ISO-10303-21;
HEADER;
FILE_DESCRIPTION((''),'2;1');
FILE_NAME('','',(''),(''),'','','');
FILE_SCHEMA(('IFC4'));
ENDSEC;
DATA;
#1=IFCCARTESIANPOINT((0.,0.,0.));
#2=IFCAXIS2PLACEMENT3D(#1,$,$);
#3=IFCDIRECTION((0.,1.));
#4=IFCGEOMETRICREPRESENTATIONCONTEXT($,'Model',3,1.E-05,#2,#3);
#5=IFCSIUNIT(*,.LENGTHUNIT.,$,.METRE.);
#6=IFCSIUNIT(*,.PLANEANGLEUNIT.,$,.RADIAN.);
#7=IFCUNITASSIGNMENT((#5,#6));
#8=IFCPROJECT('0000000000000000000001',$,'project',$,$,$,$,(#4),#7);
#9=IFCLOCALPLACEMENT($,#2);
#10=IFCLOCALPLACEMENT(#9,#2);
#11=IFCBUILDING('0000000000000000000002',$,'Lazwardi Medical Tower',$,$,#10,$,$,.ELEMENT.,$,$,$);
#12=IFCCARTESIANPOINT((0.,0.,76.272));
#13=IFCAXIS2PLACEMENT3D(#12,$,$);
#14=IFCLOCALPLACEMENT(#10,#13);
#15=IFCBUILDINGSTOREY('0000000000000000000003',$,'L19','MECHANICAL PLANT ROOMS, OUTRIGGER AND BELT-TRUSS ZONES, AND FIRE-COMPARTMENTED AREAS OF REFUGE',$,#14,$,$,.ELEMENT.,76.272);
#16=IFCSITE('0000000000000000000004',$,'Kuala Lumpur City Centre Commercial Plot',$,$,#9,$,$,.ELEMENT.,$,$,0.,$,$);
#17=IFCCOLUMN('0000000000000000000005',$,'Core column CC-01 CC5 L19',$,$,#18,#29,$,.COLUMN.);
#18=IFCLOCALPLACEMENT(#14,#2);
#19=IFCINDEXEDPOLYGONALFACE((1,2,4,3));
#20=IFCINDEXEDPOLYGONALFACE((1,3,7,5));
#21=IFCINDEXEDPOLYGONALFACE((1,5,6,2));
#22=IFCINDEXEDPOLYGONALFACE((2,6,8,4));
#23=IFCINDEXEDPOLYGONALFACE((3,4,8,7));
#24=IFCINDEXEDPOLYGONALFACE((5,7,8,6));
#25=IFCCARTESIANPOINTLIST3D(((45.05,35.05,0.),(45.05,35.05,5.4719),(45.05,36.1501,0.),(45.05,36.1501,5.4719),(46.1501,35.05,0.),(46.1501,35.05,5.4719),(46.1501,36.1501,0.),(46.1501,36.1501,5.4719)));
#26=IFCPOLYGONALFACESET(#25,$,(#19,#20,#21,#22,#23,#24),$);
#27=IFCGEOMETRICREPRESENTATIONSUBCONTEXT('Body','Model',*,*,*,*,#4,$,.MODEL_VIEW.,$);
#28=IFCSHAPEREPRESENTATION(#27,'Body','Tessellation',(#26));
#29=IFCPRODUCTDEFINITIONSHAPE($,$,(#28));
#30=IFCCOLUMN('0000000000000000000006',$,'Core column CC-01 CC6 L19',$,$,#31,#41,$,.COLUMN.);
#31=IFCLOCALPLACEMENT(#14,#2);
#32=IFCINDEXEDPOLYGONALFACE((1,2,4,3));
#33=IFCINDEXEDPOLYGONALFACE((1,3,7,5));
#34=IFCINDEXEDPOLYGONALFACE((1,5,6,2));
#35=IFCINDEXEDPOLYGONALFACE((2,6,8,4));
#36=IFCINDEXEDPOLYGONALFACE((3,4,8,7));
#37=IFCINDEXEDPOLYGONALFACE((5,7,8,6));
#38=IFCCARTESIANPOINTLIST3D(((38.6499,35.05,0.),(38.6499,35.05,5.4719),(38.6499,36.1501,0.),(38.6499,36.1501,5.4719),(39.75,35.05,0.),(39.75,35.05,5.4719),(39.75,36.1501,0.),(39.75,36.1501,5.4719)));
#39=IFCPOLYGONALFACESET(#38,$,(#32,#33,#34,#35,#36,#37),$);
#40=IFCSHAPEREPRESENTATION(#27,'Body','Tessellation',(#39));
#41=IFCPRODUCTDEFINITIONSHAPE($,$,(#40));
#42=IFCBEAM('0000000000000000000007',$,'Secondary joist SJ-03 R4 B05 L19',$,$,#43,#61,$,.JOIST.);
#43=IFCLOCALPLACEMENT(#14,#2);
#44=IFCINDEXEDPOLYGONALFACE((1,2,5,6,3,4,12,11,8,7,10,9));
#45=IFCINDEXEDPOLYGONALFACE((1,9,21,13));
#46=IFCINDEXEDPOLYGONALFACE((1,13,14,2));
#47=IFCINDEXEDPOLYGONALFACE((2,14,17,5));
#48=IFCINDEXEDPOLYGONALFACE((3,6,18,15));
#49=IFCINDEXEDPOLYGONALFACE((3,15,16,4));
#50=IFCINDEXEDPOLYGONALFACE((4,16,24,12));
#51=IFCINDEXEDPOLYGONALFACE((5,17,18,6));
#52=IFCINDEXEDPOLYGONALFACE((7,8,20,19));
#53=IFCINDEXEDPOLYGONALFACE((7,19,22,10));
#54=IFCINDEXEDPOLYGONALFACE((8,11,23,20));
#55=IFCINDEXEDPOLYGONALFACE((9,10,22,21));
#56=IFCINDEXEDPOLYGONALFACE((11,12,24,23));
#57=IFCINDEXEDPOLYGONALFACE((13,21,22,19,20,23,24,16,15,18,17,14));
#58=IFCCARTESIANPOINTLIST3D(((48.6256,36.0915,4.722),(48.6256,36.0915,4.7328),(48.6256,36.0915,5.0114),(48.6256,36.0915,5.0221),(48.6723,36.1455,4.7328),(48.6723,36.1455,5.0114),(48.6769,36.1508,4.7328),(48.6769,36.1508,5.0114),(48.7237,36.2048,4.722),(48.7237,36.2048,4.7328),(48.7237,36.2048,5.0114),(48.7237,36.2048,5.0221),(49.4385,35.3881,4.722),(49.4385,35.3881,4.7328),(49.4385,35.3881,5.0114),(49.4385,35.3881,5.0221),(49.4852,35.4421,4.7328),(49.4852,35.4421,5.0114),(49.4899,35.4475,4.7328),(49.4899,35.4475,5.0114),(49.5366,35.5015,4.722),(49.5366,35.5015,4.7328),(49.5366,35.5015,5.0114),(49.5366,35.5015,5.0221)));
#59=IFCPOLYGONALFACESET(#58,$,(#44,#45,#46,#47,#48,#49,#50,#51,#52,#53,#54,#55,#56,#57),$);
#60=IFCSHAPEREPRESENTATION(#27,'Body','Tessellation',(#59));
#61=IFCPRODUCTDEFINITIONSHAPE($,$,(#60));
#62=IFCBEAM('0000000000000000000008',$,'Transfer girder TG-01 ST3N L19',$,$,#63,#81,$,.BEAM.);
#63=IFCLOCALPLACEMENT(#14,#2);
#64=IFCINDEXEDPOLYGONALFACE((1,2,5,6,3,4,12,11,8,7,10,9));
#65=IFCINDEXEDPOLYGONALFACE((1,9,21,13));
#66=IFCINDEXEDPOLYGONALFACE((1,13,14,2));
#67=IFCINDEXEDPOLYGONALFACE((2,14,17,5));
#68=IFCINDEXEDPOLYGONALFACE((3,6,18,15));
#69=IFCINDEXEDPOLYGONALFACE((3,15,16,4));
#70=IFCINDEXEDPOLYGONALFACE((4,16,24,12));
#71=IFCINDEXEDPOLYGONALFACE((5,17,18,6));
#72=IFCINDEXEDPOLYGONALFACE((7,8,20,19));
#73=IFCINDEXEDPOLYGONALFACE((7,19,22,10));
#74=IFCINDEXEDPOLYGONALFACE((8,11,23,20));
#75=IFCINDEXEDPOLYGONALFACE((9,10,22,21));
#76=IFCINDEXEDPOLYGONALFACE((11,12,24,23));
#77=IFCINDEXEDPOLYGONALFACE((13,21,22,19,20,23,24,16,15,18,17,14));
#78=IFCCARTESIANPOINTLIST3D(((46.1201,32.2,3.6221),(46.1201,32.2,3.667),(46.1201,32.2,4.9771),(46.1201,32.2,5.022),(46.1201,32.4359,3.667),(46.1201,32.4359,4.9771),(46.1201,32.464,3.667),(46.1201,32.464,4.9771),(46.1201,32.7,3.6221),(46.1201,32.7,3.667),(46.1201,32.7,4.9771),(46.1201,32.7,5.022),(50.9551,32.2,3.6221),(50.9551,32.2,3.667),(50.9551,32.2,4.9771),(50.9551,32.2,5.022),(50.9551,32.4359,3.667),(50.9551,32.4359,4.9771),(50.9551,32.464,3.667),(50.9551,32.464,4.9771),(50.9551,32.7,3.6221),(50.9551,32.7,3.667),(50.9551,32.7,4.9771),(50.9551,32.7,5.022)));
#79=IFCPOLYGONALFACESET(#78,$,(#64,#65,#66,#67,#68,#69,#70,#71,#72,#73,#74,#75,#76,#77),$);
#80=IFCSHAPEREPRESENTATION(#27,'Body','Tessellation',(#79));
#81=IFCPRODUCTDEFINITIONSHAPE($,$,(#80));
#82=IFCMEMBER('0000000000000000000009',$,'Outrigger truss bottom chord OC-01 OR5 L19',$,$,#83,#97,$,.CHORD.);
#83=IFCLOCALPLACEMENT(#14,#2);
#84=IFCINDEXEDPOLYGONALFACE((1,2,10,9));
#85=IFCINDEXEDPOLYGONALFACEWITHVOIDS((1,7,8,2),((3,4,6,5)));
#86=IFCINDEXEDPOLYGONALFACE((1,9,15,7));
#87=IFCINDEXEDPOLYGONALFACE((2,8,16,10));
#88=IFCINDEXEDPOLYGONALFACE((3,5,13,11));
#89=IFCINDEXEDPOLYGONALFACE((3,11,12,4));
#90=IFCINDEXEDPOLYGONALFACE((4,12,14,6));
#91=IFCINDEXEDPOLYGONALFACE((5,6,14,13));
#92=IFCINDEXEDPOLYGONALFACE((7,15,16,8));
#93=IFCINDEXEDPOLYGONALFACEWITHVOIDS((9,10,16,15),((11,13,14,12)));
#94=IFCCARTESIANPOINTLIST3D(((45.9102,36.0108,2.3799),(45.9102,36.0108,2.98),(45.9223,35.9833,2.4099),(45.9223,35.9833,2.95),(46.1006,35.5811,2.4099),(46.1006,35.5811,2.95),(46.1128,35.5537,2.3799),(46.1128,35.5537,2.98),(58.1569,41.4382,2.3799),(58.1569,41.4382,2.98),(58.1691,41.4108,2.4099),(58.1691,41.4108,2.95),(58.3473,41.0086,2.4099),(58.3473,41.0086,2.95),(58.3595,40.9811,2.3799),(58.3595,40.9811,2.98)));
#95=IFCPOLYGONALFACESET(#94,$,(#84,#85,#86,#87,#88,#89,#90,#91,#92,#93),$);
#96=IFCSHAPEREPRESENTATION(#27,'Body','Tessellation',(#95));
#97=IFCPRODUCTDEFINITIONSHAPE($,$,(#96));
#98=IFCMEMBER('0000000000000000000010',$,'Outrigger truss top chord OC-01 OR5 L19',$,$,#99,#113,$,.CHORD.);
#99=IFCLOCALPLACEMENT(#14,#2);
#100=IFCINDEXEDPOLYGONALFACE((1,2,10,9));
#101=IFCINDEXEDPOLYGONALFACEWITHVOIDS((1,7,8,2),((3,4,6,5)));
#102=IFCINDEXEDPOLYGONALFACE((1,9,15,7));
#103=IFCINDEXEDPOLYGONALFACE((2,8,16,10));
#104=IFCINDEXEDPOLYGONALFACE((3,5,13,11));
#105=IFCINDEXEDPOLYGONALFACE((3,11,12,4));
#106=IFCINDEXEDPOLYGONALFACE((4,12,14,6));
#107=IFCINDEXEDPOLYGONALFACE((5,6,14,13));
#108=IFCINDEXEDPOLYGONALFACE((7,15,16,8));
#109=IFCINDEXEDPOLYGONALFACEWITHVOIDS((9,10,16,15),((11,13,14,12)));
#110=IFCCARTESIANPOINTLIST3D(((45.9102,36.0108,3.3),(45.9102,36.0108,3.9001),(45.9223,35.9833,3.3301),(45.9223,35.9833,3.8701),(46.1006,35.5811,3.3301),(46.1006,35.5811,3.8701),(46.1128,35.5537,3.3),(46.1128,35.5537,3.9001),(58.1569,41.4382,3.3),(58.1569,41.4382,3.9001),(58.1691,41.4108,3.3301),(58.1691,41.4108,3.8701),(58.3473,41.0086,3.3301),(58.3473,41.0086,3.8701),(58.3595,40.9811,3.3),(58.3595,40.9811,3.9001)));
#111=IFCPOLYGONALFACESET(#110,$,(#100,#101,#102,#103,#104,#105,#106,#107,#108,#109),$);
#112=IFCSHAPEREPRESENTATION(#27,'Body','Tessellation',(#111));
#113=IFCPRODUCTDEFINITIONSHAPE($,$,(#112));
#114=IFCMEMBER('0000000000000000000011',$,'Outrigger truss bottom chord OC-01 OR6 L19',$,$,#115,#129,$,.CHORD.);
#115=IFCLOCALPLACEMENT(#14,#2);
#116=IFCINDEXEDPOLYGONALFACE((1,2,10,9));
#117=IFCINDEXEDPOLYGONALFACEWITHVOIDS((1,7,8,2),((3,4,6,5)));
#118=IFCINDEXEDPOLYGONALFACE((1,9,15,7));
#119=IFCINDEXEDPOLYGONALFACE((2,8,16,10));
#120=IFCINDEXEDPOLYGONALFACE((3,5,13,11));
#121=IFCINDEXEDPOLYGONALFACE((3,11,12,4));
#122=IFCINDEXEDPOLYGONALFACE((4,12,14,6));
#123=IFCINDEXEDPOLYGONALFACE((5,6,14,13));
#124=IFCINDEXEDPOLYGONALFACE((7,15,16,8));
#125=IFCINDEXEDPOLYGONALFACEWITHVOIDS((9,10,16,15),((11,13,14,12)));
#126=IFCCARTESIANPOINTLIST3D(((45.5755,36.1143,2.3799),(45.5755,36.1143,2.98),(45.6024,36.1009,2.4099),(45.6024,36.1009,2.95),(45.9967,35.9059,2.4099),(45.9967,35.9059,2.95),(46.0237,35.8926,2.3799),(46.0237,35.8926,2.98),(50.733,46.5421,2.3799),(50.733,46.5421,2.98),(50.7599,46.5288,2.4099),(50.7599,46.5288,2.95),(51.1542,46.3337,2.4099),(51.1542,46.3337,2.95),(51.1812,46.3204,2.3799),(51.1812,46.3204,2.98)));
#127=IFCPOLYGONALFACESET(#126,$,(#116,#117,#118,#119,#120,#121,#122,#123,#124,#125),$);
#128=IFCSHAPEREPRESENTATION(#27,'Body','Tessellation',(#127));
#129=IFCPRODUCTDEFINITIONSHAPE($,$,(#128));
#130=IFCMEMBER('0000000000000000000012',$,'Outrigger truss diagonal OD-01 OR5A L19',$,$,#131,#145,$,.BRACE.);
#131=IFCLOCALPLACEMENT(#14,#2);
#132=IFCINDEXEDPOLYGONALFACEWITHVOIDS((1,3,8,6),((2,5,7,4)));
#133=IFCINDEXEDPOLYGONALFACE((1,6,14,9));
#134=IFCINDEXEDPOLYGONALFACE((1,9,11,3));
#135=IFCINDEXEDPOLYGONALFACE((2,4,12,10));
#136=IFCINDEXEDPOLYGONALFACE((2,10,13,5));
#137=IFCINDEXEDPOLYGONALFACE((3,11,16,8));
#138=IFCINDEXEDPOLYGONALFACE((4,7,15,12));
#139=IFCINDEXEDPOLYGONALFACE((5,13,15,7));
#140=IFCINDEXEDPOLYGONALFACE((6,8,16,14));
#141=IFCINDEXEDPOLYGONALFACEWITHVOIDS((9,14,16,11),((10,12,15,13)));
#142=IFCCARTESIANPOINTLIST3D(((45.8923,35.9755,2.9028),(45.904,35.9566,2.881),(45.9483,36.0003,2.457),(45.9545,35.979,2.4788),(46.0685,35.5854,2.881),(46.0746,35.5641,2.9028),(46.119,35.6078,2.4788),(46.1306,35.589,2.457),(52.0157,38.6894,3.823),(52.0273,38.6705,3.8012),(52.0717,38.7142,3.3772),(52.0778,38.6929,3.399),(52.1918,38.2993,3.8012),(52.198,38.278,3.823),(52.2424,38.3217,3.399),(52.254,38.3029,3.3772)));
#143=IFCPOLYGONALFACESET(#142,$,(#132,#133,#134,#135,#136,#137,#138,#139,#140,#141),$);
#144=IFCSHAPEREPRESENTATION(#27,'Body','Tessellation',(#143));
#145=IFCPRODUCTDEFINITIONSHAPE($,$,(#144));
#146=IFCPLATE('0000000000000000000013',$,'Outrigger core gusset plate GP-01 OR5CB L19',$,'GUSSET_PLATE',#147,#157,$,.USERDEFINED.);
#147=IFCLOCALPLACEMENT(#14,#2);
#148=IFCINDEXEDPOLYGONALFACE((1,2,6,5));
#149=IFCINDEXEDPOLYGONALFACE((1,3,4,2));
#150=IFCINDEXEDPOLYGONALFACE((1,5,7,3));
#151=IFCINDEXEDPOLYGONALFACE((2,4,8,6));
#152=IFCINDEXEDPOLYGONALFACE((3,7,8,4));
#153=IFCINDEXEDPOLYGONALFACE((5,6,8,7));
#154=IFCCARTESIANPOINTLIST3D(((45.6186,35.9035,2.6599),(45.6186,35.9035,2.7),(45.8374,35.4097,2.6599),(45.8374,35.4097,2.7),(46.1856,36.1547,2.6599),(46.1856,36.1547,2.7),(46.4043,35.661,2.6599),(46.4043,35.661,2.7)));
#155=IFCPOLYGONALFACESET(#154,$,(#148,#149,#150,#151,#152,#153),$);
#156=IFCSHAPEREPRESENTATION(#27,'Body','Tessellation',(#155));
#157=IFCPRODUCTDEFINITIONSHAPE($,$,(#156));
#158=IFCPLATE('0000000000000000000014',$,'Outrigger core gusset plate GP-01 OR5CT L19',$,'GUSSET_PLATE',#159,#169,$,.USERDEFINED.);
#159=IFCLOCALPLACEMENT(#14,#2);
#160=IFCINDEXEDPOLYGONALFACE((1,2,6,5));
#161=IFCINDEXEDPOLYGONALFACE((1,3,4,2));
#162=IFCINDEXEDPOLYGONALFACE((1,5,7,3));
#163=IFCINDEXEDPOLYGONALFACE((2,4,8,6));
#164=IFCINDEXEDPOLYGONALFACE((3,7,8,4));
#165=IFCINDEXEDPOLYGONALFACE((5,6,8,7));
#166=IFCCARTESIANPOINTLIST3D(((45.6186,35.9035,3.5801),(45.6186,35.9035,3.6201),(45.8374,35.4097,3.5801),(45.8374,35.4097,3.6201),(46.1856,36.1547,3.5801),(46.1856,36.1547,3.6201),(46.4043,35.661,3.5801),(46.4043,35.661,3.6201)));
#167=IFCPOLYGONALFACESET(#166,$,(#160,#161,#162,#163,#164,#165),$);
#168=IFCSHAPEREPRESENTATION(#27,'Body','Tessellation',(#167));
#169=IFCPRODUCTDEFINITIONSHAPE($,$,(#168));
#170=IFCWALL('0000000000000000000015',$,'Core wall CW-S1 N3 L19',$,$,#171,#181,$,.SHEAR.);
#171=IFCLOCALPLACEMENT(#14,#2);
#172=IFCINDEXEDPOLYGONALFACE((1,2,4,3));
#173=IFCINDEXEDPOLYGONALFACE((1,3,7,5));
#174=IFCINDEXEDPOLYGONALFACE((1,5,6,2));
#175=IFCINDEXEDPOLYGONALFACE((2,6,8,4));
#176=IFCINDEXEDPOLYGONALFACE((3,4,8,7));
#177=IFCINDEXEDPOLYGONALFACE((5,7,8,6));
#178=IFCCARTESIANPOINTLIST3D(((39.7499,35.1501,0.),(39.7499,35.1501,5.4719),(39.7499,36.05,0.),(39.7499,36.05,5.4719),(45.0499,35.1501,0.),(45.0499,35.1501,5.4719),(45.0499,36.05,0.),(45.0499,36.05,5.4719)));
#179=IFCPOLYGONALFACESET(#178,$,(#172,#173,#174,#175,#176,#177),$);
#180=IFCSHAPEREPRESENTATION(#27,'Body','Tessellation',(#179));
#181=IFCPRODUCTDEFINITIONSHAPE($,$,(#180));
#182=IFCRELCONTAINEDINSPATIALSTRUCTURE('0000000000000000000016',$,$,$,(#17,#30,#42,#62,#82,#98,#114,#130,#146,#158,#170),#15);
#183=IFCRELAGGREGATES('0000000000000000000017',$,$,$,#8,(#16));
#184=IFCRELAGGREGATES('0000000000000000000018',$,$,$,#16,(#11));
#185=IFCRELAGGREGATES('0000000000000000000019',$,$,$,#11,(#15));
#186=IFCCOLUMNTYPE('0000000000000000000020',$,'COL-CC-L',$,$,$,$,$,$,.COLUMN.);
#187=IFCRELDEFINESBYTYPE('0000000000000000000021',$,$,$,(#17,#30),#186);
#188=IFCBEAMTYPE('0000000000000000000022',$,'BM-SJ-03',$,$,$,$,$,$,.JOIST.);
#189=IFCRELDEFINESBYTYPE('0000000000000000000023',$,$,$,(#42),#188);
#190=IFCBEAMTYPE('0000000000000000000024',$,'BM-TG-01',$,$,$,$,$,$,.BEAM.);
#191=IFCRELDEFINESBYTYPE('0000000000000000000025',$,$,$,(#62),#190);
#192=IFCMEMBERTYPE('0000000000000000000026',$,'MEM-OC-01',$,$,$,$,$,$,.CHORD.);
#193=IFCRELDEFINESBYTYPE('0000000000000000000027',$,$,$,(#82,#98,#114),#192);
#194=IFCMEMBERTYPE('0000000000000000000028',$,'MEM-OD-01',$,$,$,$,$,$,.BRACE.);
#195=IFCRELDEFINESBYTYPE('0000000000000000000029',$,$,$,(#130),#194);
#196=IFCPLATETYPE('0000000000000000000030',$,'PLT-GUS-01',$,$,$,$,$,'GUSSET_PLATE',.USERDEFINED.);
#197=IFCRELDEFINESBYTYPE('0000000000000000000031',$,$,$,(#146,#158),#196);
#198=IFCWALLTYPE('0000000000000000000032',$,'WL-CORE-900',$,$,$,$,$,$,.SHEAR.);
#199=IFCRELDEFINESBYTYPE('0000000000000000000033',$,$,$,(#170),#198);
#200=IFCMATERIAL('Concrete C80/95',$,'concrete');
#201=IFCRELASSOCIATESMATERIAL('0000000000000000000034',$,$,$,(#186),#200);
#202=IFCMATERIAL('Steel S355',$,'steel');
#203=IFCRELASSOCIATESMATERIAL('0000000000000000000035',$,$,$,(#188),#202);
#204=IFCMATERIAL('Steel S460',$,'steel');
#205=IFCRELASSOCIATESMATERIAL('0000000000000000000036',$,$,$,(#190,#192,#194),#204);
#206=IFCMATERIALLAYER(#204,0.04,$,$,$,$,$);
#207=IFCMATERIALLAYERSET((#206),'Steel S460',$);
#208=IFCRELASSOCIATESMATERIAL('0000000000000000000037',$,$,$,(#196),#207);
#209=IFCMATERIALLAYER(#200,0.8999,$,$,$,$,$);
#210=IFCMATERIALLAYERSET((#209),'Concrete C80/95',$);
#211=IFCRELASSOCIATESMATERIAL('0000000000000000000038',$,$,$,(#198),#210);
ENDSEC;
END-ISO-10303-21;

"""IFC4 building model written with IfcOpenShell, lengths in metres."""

from ifc_helpers import new_model, si_unit, direction, frame, frame_2d, origin, origin_2d, place, context, subcontext, project, spatial, rectangle, hollow_rectangle, i_section, extrude, material, layer, layer_set, material_profile, profile_set, type_object, element, save


model = new_model("IFC4")

# Units and contexts
model_context = context("Model", 3, precision=1e-05, world=origin(), true_north=direction((0.0, 1.0)))
body_context = subcontext(model_context, "Body", "Model", "MODEL_VIEW")
ifc_project = project(units=[si_unit("LENGTHUNIT", "METRE"), si_unit("PLANEANGLEUNIT", "RADIAN")], contexts=[model_context])

# Site, building, storey
site_placement = place(None, origin())
site = spatial("IfcSite", under=ifc_project, at=site_placement, Name="Kuala Lumpur City Centre Commercial Plot", CompositionType="ELEMENT", RefElevation=0.0)
building_placement = place(site_placement, origin())
building = spatial("IfcBuilding", under=site, at=building_placement, Name="Lazwardi Medical Tower", CompositionType="ELEMENT")
storey_placement = place(building_placement, frame((0.0, 0.0, 76.272)))
storey = spatial("IfcBuildingStorey", under=building, at=storey_placement, Name="L19", Description="MECHANICAL PLANT ROOMS, OUTRIGGER AND BELT-TRUSS ZONES, AND FIRE-COMPARTMENTED AREAS OF REFUGE", CompositionType="ELEMENT", Elevation=76.272)

# Columns
ifc_material_1 = material(Name="Concrete C80/95", Category="concrete")
ifc_material_profile_1 = material_profile(ifc_material_1, rectangle(XDim=1.1001, YDim=1.1001, at=origin_2d()), Name="RC 1100x1100")
ifc_profile_set_1 = profile_set([ifc_material_profile_1], Name="Concrete C80/95")
column_type = type_object("IfcColumnType", Name="COL-CC-L", PredefinedType="COLUMN", material=ifc_profile_set_1)
for number, where, z_axis, x_axis, name in (
    (1, (45.6001, 35.6001, 0.0), (0.0, 0.0, 1.0), (1.0, 0.0, 0.0), "Core column CC-01 CC5 L19"),
    (2, (39.2, 35.6001, 0.0), (0.0, 0.0, 1.0), (1.0, 0.0, 0.0), "Core column CC-01 CC6 L19"),
):
    element("IfcColumn", number, at=place(storey_placement, frame(where, z_axis=z_axis, x_axis=x_axis)), inside=storey, type_object=column_type, Name=name, PredefinedType="COLUMN", context=body_context, shape_type="SweptSolid", body=[
        extrude(rectangle(XDim=1.1001, YDim=1.1001, at=origin_2d()), origin(), (0.0, 0.0, 1.0), 5.4719),
    ])

# Beams
ifc_material_2 = material(Name="Steel S355", Category="steel")
ifc_material_profile_2 = material_profile(ifc_material_2, i_section(OverallWidth=0.1499, OverallDepth=0.3, WebThickness=0.0071, FlangeThickness=0.0107, at=origin_2d()), Name="IPE 300")
ifc_profile_set_2 = profile_set([ifc_material_profile_2], Name="Steel S355")
beam_type_1 = type_object("IfcBeamType", Name="BM-SJ-03", PredefinedType="JOIST", material=ifc_profile_set_2)
beam_1_placement = place(storey_placement, frame((49.4875, 35.4448, 4.8721), z_axis=(-0.756251, 0.654282, 0.0), x_axis=(-0.654282, -0.756251, 0.0)))
element("IfcBeam", 3, at=beam_1_placement, inside=storey, type_object=beam_type_1, Name="Secondary joist SJ-03 R4 B05 L19", PredefinedType="JOIST", context=body_context, shape_type="SweptSolid", body=[
    extrude(i_section(OverallWidth=0.1499, OverallDepth=0.3, WebThickness=0.0071, FlangeThickness=0.0107, at=origin_2d()), origin(), (0.0, 0.0, 1.0), 1.075),
])
ifc_material_3 = material(Name="Steel S460", Category="steel")
ifc_material_profile_3 = material_profile(ifc_material_3, i_section(OverallWidth=0.5, OverallDepth=1.3999, WebThickness=0.0281, FlangeThickness=0.0449, at=origin_2d()), Name="PG 1400x500")
ifc_profile_set_3 = profile_set([ifc_material_profile_3], Name="Steel S460")
beam_type_2 = type_object("IfcBeamType", Name="BM-TG-01", PredefinedType="BEAM", material=ifc_profile_set_3)
beam_2_placement = place(storey_placement, frame((46.1201, 32.45, 4.322), z_axis=(1.0, 0.0, 0.0), x_axis=(0.0, 1.0, 0.0)))
element("IfcBeam", 4, at=beam_2_placement, inside=storey, type_object=beam_type_2, Name="Transfer girder TG-01 ST3N L19", PredefinedType="BEAM", context=body_context, shape_type="SweptSolid", body=[
    extrude(i_section(OverallWidth=0.5, OverallDepth=1.3999, WebThickness=0.0281, FlangeThickness=0.0449, at=origin_2d()), origin(), (0.0, 0.0, 1.0), 4.835),
])

# Members
ifc_material_profile_4 = material_profile(ifc_material_3, hollow_rectangle(XDim=0.5, YDim=0.6001, WallThickness=0.03, at=origin_2d()), Name="RHS 600x500x30")
ifc_profile_set_4 = profile_set([ifc_material_profile_4], Name="Steel S460")
member_type_1 = type_object("IfcMemberType", Name="MEM-OC-01", PredefinedType="CHORD", material=ifc_profile_set_4)
for number, where, z_axis, x_axis, name in (
    (5, (46.0115, 35.7822, 2.6799), (0.914242, 0.405169, 0.0), (-0.405169, 0.914242, 0.0), "Outrigger truss bottom chord OC-01 OR5 L19"),
    (6, (46.0115, 35.7822, 3.6001), (0.914242, 0.405169, 0.0), (-0.405169, 0.914242, 0.0), "Outrigger truss top chord OC-01 OR5 L19"),
):
    element("IfcMember", number, at=place(storey_placement, frame(where, z_axis=z_axis, x_axis=x_axis)), inside=storey, type_object=member_type_1, Name=name, PredefinedType="CHORD", context=body_context, shape_type="SweptSolid", body=[
        extrude(hollow_rectangle(XDim=0.5, YDim=0.6001, WallThickness=0.03, at=origin_2d()), origin(), (0.0, 0.0, 1.0), 13.3955),
    ])
member_1_placement = place(storey_placement, frame((45.7996, 36.0034, 2.6799), z_axis=(0.443331, 0.896358, 0.0), x_axis=(-0.896358, 0.443331, 0.0)))
element("IfcMember", 7, at=member_1_placement, inside=storey, type_object=member_type_1, Name="Outrigger truss bottom chord OC-01 OR6 L19", PredefinedType="CHORD", context=body_context, shape_type="SweptSolid", body=[
    extrude(hollow_rectangle(XDim=0.5, YDim=0.6001, WallThickness=0.03, at=origin_2d()), origin(), (0.0, 0.0, 1.0), 11.6335),
])
ifc_material_profile_5 = material_profile(ifc_material_3, hollow_rectangle(XDim=0.45, YDim=0.45, WallThickness=0.022, at=origin_2d()), Name="RHS 450x450x22")
ifc_profile_set_5 = profile_set([ifc_material_profile_5], Name="Steel S460")
member_type_2 = type_object("IfcMemberType", Name="MEM-OD-01", PredefinedType="BRACE", material=ifc_profile_set_5)
member_2_placement = place(storey_placement, frame((46.0115, 35.7822, 2.6799), z_axis=(0.905724, 0.401421, 0.136106), x_axis=(-0.405191, 0.914232, 0.0)))
element("IfcMember", 8, at=member_2_placement, inside=storey, type_object=member_type_2, Name="Outrigger truss diagonal OD-01 OR5A L19", PredefinedType="BRACE", context=body_context, shape_type="SweptSolid", body=[
    extrude(hollow_rectangle(XDim=0.45, YDim=0.45, WallThickness=0.022, at=origin_2d()), origin(), (0.0, 0.0, 1.0), 6.7607),
])

# Plates
ifc_layer_1 = layer(ifc_material_3, 0.04)
ifc_layer_set_1 = layer_set([ifc_layer_1], Name="Steel S460")
plate_type = type_object("IfcPlateType", Name="PLT-GUS-01", ElementType="GUSSET_PLATE", PredefinedType="USERDEFINED", material=ifc_layer_set_1)
for number, where, z_axis, x_axis, name in (
    (9, (46.0115, 35.7822, 2.6599), (0.0, 0.0, 1.0), (0.914254, 0.405142, 0.0), "Outrigger core gusset plate GP-01 OR5CB L19"),
    (10, (46.0115, 35.7822, 3.5801), (0.0, 0.0, 1.0), (0.914254, 0.405142, 0.0), "Outrigger core gusset plate GP-01 OR5CT L19"),
):
    element("IfcPlate", number, at=place(storey_placement, frame(where, z_axis=z_axis, x_axis=x_axis)), inside=storey, type_object=plate_type, Name=name, ObjectType="GUSSET_PLATE", PredefinedType="USERDEFINED", context=body_context, shape_type="SweptSolid", body=[
        extrude(rectangle(XDim=0.6201, YDim=0.54, at=origin_2d()), origin(), (0.0, 0.0, 1.0), 0.04),
    ])

# Wall
ifc_layer_2 = layer(ifc_material_1, 0.8999)
ifc_layer_set_2 = layer_set([ifc_layer_2], Name="Concrete C80/95")
wall_type_1 = type_object("IfcWallType", Name="WL-CORE-900", PredefinedType="SHEAR", material=ifc_layer_set_2)
wall_1_placement = place(storey_placement, frame((39.75, 35.6001, 0.0), z_axis=(0.0, 0.0, 1.0), x_axis=(1.0, 0.0, 0.0)))
element("IfcWall", 11, at=wall_1_placement, inside=storey, type_object=wall_type_1, Name="Core wall CW-S1 N3 L19", PredefinedType="SHEAR", context=body_context, shape_type="SweptSolid", body=[
    extrude(rectangle(XDim=5.3, YDim=0.8999, at=frame_2d((2.6499, 0.0))), origin(), (0.0, 0.0, 1.0), 5.4719),
])

save(model, "model.ifc")
